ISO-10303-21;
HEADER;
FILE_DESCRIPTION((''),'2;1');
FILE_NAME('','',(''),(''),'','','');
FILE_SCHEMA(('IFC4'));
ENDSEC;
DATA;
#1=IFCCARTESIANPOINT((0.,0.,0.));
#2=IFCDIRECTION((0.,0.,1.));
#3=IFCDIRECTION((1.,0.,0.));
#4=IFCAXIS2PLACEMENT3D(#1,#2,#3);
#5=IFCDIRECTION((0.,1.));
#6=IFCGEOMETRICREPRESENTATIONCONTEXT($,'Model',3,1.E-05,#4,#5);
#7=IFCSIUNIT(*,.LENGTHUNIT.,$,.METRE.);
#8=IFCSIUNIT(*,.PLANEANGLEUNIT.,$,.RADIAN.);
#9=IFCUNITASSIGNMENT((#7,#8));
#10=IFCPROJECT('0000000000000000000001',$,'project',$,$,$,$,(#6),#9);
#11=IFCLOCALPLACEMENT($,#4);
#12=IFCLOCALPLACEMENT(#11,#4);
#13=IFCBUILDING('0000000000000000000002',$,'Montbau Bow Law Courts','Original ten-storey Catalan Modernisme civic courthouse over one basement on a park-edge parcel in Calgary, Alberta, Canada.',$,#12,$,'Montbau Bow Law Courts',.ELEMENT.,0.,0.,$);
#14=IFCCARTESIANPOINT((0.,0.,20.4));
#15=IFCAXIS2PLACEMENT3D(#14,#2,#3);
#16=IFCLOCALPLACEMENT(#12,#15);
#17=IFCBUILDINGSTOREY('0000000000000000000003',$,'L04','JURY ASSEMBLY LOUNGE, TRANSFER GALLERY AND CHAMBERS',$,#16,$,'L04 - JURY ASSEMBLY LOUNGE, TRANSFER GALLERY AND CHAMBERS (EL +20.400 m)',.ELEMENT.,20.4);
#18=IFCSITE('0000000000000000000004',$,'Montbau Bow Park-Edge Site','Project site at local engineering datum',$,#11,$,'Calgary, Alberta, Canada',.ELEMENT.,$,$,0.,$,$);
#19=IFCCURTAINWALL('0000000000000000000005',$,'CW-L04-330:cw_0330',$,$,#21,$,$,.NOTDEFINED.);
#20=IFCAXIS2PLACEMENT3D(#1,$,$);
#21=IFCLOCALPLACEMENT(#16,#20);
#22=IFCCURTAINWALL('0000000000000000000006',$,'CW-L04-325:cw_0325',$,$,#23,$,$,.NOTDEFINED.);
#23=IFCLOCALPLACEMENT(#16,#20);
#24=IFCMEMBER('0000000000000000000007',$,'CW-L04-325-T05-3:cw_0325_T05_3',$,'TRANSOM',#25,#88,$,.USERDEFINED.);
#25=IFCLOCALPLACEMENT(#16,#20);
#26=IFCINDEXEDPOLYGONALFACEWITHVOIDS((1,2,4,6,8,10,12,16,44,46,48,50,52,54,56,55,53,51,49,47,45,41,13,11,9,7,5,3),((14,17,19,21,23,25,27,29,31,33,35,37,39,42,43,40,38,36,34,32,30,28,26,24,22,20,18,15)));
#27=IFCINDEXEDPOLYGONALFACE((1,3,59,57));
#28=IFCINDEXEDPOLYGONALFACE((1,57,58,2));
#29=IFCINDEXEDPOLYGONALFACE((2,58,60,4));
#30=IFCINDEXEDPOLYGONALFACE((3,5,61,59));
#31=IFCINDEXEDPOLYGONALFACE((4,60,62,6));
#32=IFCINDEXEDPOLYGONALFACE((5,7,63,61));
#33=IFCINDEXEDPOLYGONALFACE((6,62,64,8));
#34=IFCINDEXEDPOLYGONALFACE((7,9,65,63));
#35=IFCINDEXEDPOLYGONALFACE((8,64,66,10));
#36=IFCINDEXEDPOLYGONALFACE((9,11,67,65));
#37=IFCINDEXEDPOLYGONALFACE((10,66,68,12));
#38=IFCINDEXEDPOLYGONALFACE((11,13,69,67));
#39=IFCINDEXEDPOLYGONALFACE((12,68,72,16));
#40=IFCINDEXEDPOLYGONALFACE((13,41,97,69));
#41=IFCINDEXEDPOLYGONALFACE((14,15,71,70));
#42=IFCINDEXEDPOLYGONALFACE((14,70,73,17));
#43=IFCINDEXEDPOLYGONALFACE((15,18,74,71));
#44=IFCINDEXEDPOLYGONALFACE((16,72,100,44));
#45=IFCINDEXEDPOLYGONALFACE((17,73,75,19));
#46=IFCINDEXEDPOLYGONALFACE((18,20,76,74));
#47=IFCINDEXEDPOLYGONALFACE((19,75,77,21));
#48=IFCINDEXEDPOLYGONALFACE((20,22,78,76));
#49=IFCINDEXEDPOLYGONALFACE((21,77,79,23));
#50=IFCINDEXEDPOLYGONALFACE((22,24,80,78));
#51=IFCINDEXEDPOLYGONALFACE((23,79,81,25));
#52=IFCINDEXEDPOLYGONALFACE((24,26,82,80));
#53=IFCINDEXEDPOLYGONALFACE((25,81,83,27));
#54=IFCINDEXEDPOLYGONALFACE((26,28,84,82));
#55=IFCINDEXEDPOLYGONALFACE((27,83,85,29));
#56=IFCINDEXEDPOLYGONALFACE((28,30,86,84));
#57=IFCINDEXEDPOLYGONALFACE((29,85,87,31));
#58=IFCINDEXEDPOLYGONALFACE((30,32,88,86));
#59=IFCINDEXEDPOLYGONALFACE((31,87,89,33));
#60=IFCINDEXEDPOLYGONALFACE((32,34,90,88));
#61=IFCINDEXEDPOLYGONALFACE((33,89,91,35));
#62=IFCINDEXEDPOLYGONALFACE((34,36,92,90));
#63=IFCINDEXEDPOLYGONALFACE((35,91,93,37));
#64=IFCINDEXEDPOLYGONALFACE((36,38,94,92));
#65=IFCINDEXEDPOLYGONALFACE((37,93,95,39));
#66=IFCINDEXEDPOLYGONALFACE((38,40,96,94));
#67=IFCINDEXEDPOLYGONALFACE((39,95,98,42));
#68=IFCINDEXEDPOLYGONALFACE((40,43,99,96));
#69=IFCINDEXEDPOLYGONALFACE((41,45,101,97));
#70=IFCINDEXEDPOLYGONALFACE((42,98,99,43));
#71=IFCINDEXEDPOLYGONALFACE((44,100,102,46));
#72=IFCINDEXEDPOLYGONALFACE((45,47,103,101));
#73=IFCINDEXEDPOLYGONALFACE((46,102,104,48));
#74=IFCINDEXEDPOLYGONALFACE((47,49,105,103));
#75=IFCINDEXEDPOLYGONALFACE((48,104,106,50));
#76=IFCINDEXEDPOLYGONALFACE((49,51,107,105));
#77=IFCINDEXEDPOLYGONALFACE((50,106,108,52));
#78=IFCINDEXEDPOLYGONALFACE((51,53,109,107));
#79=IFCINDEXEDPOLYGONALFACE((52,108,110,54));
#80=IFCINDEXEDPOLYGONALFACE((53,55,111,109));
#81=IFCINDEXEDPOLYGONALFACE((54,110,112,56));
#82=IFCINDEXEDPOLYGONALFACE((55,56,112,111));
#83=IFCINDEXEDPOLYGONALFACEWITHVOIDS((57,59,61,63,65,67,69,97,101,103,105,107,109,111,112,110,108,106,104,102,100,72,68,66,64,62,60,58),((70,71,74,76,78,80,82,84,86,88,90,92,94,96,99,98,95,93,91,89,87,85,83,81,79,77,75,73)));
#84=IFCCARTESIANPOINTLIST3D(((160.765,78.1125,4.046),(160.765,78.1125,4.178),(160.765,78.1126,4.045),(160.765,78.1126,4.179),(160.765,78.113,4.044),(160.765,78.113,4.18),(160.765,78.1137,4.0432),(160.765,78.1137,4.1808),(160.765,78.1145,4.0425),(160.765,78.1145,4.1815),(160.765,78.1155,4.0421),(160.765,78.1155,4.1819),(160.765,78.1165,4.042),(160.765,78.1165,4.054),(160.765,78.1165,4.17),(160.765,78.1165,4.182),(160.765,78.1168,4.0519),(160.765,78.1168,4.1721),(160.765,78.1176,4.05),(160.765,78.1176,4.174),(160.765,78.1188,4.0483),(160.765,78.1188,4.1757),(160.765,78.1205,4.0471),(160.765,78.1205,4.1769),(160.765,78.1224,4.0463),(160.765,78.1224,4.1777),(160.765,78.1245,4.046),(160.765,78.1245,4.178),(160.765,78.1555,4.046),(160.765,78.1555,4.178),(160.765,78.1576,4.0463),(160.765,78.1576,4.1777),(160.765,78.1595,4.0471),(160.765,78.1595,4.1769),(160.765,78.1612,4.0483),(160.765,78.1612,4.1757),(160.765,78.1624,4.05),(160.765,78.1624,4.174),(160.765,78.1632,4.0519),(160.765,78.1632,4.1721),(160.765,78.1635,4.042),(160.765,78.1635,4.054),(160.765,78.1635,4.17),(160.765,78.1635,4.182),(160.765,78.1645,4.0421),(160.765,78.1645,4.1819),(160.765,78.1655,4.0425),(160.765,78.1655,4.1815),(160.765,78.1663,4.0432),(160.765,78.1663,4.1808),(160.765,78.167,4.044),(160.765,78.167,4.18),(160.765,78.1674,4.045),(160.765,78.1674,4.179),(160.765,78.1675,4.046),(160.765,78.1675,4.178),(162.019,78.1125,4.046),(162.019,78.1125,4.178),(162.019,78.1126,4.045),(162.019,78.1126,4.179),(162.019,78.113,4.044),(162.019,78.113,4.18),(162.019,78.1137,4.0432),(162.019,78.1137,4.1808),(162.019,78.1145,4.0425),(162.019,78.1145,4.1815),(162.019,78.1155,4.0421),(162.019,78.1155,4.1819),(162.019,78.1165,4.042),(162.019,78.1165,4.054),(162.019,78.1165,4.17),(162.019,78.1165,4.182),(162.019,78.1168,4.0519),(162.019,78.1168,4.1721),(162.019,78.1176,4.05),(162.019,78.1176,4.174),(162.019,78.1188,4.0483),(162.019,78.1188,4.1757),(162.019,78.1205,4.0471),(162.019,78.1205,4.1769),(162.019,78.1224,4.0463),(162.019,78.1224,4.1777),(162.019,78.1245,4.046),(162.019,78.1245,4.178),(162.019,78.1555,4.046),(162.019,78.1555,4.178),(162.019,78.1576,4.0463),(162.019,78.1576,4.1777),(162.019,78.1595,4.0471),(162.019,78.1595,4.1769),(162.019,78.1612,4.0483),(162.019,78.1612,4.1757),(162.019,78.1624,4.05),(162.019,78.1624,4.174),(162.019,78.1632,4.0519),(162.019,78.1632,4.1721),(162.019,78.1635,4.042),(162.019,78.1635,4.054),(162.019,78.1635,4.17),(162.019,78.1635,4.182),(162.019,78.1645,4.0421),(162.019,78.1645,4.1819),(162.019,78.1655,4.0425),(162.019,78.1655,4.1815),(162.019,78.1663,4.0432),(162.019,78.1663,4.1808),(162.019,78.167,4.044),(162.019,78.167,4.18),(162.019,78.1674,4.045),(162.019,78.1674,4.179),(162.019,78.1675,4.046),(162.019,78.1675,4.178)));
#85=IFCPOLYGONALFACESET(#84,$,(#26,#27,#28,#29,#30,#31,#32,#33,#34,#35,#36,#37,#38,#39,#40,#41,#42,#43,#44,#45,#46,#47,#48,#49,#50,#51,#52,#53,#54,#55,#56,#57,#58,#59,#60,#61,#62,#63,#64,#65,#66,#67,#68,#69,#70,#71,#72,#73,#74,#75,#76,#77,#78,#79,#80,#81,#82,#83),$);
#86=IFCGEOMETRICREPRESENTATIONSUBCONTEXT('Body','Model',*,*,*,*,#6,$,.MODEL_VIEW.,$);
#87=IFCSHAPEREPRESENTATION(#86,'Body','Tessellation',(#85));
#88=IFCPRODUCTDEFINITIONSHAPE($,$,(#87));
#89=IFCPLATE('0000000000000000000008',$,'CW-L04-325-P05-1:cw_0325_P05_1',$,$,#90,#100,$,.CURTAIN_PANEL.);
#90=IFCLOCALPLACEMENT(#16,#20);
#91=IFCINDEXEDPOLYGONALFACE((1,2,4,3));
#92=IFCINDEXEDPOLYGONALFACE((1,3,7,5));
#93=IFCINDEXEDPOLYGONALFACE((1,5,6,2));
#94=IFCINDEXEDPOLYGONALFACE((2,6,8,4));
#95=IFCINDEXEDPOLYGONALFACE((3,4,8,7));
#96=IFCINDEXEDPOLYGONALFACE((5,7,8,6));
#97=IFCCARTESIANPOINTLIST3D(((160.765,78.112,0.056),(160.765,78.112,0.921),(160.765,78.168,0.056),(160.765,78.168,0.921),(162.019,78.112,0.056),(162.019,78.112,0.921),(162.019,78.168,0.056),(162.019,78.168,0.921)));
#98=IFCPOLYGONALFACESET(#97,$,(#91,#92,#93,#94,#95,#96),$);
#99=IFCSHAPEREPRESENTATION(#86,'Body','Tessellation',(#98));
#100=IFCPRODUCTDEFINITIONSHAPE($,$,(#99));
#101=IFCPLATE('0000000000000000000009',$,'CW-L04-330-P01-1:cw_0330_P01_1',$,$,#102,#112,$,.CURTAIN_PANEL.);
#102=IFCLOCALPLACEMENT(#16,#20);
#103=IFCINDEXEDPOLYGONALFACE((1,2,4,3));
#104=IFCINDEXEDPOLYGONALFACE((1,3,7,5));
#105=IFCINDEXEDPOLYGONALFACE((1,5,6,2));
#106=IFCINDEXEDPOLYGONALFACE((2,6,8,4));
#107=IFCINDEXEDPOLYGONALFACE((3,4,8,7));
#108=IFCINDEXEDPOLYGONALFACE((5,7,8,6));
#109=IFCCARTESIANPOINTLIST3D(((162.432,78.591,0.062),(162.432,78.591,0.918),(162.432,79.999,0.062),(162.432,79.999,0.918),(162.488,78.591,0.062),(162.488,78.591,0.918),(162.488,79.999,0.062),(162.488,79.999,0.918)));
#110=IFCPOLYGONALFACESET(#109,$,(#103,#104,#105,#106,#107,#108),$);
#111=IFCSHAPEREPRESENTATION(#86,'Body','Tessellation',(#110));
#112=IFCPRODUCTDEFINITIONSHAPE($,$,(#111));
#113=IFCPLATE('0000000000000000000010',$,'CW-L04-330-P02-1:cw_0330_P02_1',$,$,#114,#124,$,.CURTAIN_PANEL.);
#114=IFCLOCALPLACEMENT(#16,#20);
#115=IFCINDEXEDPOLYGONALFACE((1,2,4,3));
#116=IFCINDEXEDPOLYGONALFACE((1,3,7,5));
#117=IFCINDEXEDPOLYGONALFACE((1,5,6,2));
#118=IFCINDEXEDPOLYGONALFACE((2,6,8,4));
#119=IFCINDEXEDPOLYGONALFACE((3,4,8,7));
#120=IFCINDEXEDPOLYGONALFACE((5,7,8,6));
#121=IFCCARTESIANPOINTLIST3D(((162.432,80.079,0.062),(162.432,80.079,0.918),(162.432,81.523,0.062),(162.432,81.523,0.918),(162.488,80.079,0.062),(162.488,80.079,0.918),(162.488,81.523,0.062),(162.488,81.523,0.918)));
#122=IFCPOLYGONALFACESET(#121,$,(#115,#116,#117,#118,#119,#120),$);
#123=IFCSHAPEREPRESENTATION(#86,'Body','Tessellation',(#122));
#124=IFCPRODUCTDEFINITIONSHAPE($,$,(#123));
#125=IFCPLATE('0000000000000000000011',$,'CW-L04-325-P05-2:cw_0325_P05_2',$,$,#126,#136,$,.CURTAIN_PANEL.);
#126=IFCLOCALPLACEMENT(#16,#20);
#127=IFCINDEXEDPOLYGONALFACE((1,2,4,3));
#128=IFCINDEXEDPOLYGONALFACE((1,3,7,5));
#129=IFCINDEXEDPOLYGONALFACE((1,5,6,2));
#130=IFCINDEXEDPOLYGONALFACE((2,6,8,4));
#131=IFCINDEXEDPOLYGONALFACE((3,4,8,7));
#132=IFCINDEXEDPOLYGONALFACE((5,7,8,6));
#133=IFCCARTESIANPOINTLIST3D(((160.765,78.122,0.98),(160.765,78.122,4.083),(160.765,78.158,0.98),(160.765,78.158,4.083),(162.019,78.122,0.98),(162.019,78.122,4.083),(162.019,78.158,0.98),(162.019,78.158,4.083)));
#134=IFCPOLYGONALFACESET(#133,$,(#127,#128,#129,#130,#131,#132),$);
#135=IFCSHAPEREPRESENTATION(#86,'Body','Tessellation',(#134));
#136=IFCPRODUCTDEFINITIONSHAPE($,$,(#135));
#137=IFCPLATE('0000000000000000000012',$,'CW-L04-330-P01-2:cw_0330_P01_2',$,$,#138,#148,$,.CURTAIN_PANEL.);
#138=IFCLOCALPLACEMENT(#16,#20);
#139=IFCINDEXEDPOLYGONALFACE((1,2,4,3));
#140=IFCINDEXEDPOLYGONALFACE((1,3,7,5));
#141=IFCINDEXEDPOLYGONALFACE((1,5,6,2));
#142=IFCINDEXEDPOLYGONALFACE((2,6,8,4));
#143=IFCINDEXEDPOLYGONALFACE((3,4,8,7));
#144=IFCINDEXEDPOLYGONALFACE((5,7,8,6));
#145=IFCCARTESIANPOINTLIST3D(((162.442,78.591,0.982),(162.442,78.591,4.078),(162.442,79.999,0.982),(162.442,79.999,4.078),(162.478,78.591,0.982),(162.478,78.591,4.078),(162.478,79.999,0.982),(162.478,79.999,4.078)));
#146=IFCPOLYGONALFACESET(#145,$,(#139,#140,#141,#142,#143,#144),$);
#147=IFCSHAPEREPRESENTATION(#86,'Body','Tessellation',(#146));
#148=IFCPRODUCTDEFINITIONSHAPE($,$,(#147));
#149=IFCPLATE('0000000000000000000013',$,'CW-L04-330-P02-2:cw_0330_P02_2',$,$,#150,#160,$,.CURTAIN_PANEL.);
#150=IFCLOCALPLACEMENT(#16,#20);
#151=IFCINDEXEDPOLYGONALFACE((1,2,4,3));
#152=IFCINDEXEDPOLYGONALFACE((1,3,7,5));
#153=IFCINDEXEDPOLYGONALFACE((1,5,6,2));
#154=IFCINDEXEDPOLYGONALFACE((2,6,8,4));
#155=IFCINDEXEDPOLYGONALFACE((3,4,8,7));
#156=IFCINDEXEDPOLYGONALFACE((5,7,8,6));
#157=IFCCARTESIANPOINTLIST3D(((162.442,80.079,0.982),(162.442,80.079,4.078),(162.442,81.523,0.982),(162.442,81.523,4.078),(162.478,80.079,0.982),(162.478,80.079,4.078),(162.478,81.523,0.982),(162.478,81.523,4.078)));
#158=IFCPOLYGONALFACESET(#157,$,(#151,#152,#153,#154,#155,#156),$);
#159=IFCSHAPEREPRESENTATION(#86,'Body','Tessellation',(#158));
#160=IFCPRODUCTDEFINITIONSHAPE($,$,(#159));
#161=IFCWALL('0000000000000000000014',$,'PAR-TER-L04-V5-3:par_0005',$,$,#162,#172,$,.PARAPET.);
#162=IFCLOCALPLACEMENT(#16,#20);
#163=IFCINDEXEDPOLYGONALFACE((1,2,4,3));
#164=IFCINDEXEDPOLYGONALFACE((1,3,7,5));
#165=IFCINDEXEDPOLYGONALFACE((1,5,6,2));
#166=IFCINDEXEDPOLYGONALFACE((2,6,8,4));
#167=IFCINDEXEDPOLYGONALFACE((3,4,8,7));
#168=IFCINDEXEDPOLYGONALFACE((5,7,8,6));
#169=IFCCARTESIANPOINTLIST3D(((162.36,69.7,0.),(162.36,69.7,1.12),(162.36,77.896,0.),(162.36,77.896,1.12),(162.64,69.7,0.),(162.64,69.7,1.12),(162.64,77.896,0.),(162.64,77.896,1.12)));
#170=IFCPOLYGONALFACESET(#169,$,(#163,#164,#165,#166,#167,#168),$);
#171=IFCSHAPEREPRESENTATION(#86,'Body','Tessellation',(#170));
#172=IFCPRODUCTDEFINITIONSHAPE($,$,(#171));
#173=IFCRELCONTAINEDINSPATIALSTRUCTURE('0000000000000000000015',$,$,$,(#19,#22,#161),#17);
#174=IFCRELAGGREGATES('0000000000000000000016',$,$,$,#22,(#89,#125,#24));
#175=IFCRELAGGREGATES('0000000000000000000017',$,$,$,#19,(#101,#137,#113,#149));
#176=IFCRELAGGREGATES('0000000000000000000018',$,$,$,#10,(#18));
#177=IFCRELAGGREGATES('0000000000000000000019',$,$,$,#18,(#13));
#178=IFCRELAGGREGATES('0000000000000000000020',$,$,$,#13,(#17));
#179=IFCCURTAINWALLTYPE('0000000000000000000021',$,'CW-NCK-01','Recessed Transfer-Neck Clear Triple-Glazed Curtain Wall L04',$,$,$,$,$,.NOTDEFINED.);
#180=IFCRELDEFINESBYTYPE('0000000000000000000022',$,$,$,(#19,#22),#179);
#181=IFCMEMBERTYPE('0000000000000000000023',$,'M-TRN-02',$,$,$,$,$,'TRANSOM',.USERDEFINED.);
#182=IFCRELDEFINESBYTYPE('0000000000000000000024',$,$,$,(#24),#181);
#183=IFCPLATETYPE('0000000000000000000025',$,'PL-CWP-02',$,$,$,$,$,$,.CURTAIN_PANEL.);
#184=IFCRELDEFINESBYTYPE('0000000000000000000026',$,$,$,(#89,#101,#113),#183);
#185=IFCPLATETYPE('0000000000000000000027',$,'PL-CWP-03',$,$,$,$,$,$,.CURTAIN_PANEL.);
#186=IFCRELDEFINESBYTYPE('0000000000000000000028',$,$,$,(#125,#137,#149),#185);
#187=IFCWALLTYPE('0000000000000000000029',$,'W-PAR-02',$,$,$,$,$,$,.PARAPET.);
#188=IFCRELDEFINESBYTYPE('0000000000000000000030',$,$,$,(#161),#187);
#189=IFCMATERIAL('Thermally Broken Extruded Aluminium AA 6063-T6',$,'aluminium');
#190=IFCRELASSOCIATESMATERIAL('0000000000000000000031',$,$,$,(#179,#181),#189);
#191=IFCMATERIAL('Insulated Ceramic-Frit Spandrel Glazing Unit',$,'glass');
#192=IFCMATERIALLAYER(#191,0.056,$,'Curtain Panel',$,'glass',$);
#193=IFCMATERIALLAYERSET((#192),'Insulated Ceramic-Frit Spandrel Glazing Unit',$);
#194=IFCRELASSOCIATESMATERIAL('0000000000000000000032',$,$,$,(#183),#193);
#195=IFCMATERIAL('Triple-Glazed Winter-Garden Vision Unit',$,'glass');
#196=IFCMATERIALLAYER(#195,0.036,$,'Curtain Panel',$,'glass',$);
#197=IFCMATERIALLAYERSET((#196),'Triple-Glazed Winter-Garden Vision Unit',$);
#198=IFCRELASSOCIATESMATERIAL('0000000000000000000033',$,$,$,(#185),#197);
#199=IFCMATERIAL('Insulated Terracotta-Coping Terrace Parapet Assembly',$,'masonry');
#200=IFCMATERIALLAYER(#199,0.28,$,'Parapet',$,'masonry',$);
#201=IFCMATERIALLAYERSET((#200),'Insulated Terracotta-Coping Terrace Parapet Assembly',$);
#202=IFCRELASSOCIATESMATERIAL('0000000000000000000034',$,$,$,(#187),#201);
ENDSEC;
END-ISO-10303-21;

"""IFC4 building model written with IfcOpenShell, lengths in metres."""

from ifc_helpers import new_model, si_unit, direction, frame, frame_2d, origin_with_axes, origin_2d_with_axis, place, context, subcontext, project, spatial, rectangle, hollow_rectangle, extrude, material, layer, layer_set, material_profile, profile_set, type_object, element, aggregate, save


model = new_model("IFC4")

# Units and contexts
model_context = context("Model", 3, precision=1e-05, world=origin_with_axes(), true_north=direction((0.0, 1.0)))
body_context = subcontext(model_context, "Body", "Model", "MODEL_VIEW")
ifc_project = project(units=[si_unit("LENGTHUNIT", "METRE"), si_unit("PLANEANGLEUNIT", "RADIAN")], contexts=[model_context])

# Site, building, storey
site_placement = place(None, origin_with_axes())
site = spatial("IfcSite", under=ifc_project, at=site_placement, Name="Montbau Bow Park-Edge Site", Description="Project site at local engineering datum", LongName="Calgary, Alberta, Canada", CompositionType="ELEMENT", RefElevation=0.0)
building_placement = place(site_placement, origin_with_axes())
building = spatial("IfcBuilding", under=site, at=building_placement, Name="Montbau Bow Law Courts", Description="Original ten-storey Catalan Modernisme civic courthouse over one basement on a park-edge parcel in Calgary, Alberta, Canada.", LongName="Montbau Bow Law Courts", CompositionType="ELEMENT", ElevationOfRefHeight=0.0, ElevationOfTerrain=0.0)
storey_placement = place(building_placement, frame((0.0, 0.0, 20.4), z_axis=(0.0, 0.0, 1.0), x_axis=(1.0, 0.0, 0.0)))
storey = spatial("IfcBuildingStorey", under=building, at=storey_placement, Name="L04", Description="JURY ASSEMBLY LOUNGE, TRANSFER GALLERY AND CHAMBERS", LongName="L04 - JURY ASSEMBLY LOUNGE, TRANSFER GALLERY AND CHAMBERS (EL +20.400 m)", CompositionType="ELEMENT", Elevation=20.4)

# Curtain walls
ifc_material_1 = material(Name="Thermally Broken Extruded Aluminium AA 6063-T6", Category="aluminium")
curtain_wall_type = type_object("IfcCurtainWallType", Name="CW-NCK-01", Description="Recessed Transfer-Neck Clear Triple-Glazed Curtain Wall L04", PredefinedType="NOTDEFINED", material=ifc_material_1)
curtain_wall_1_placement = place(None, frame((162.46, 78.515, 20.4), z_axis=(0.0, 0.0, 1.0), x_axis=(1.0, 0.0, 0.0)))
curtain_wall_1 = element("IfcCurtainWall", 1, at=curtain_wall_1_placement, inside=storey, type_object=curtain_wall_type, Name="CW-L04-330:cw_0330", PredefinedType="NOTDEFINED")
curtain_wall_2_placement = place(None, frame((155.315, 78.14, 20.4), z_axis=(0.0, 0.0, 1.0), x_axis=(1.0, 0.0, 0.0)))
curtain_wall_2 = element("IfcCurtainWall", 2, at=curtain_wall_2_placement, inside=storey, type_object=curtain_wall_type, Name="CW-L04-325:cw_0325", PredefinedType="NOTDEFINED")

# Member
ifc_material_profile_1 = material_profile(ifc_material_1, hollow_rectangle(XDim=0.055, YDim=0.14, WallThickness=0.004, InnerFilletRadius=0.008, OuterFilletRadius=0.004, at=origin_2d_with_axis()), Name="CWT-140X55", Category="Main", Priority=0)
ifc_profile_set_1 = profile_set([ifc_material_profile_1], Name="Thermally Broken Extruded Aluminium AA 6063-T6")
member_type_1 = type_object("IfcMemberType", Name="M-TRN-02", ElementType="TRANSOM", PredefinedType="USERDEFINED", material=ifc_profile_set_1)
member_1_placement = place(None, frame((160.765, 78.14, 24.512), z_axis=(1.0, 0.0, 0.0), x_axis=(0.0, 1.0, 0.0)))
member_1 = element("IfcMember", 3, at=member_1_placement, type_object=member_type_1, Name="CW-L04-325-T05-3:cw_0325_T05_3", ObjectType="TRANSOM", PredefinedType="USERDEFINED", context=body_context, shape_type="SweptSolid", body=[
    extrude(hollow_rectangle(XDim=0.055, YDim=0.14, WallThickness=0.004, InnerFilletRadius=0.008, OuterFilletRadius=0.004, at=origin_2d_with_axis()), origin_with_axes(), (0.0, 0.0, 1.0), 1.254),
])

# Plates
ifc_material_2 = material(Name="Insulated Ceramic-Frit Spandrel Glazing Unit", Category="glass")
ifc_layer_1 = layer(ifc_material_2, 0.056, Name="Curtain Panel", Category="glass")
ifc_layer_set_1 = layer_set([ifc_layer_1], Name="Insulated Ceramic-Frit Spandrel Glazing Unit")
plate_type_1 = type_object("IfcPlateType", Name="PL-CWP-02", PredefinedType="CURTAIN_PANEL", material=ifc_layer_set_1)
plate_1_placement = place(None, frame((160.765, 78.14, 20.456), z_axis=(0.0, -1.0, 0.0), x_axis=(1.0, 0.0, 0.0)))
plate_1 = element("IfcPlate", 4, at=plate_1_placement, type_object=plate_type_1, Name="CW-L04-325-P05-1:cw_0325_P05_1", PredefinedType="CURTAIN_PANEL", context=body_context, shape_type="SweptSolid", body=[
    extrude(rectangle(XDim=1.254, YDim=0.865, at=frame_2d((0.627, 0.4325), x_axis=(1.0, 0.0))), frame((0.0, 0.0, -0.028), z_axis=(0.0, 0.0, 1.0), x_axis=(1.0, 0.0, 0.0)), (0.0, 0.0, 1.0), 0.056),
])
plate_2_placement = place(None, frame((162.46, 78.591, 20.462), z_axis=(1.0, 0.0, 0.0), x_axis=(0.0, 1.0, 0.0)))
plate_2 = element("IfcPlate", 5, at=plate_2_placement, type_object=plate_type_1, Name="CW-L04-330-P01-1:cw_0330_P01_1", PredefinedType="CURTAIN_PANEL", context=body_context, shape_type="SweptSolid", body=[
    extrude(rectangle(XDim=1.408, YDim=0.856, at=frame_2d((0.704, 0.428), x_axis=(1.0, 0.0))), frame((0.0, 0.0, -0.028), z_axis=(0.0, 0.0, 1.0), x_axis=(1.0, 0.0, 0.0)), (0.0, 0.0, 1.0), 0.056),
])
plate_3_placement = place(None, frame((162.46, 80.079, 20.462), z_axis=(1.0, 0.0, 0.0), x_axis=(0.0, 1.0, 0.0)))
plate_3 = element("IfcPlate", 6, at=plate_3_placement, type_object=plate_type_1, Name="CW-L04-330-P02-1:cw_0330_P02_1", PredefinedType="CURTAIN_PANEL", context=body_context, shape_type="SweptSolid", body=[
    extrude(rectangle(XDim=1.444, YDim=0.856, at=frame_2d((0.722, 0.428), x_axis=(1.0, 0.0))), frame((0.0, 0.0, -0.028), z_axis=(0.0, 0.0, 1.0), x_axis=(1.0, 0.0, 0.0)), (0.0, 0.0, 1.0), 0.056),
])
ifc_material_3 = material(Name="Triple-Glazed Winter-Garden Vision Unit", Category="glass")
ifc_layer_2 = layer(ifc_material_3, 0.036, Name="Curtain Panel", Category="glass")
ifc_layer_set_2 = layer_set([ifc_layer_2], Name="Triple-Glazed Winter-Garden Vision Unit")
plate_type_2 = type_object("IfcPlateType", Name="PL-CWP-03", PredefinedType="CURTAIN_PANEL", material=ifc_layer_set_2)
plate_4_placement = place(None, frame((160.765, 78.14, 21.38), z_axis=(0.0, -1.0, 0.0), x_axis=(1.0, 0.0, 0.0)))
plate_4 = element("IfcPlate", 7, at=plate_4_placement, type_object=plate_type_2, Name="CW-L04-325-P05-2:cw_0325_P05_2", PredefinedType="CURTAIN_PANEL", context=body_context, shape_type="SweptSolid", body=[
    extrude(rectangle(XDim=1.254, YDim=3.103, at=frame_2d((0.627, 1.5515), x_axis=(1.0, 0.0))), frame((0.0, 0.0, -0.018), z_axis=(0.0, 0.0, 1.0), x_axis=(1.0, 0.0, 0.0)), (0.0, 0.0, 1.0), 0.036),
])
aggregate(curtain_wall_2, [plate_1, plate_4, member_1])
plate_5_placement = place(None, frame((162.46, 78.591, 21.382), z_axis=(1.0, 0.0, 0.0), x_axis=(0.0, 1.0, 0.0)))
plate_5 = element("IfcPlate", 8, at=plate_5_placement, type_object=plate_type_2, Name="CW-L04-330-P01-2:cw_0330_P01_2", PredefinedType="CURTAIN_PANEL", context=body_context, shape_type="SweptSolid", body=[
    extrude(rectangle(XDim=1.408, YDim=3.096, at=frame_2d((0.704, 1.548), x_axis=(1.0, 0.0))), frame((0.0, 0.0, -0.018), z_axis=(0.0, 0.0, 1.0), x_axis=(1.0, 0.0, 0.0)), (0.0, 0.0, 1.0), 0.036),
])
plate_6_placement = place(None, frame((162.46, 80.079, 21.382), z_axis=(1.0, 0.0, 0.0), x_axis=(0.0, 1.0, 0.0)))
plate_6 = element("IfcPlate", 9, at=plate_6_placement, type_object=plate_type_2, Name="CW-L04-330-P02-2:cw_0330_P02_2", PredefinedType="CURTAIN_PANEL", context=body_context, shape_type="SweptSolid", body=[
    extrude(rectangle(XDim=1.444, YDim=3.096, at=frame_2d((0.722, 1.548), x_axis=(1.0, 0.0))), frame((0.0, 0.0, -0.018), z_axis=(0.0, 0.0, 1.0), x_axis=(1.0, 0.0, 0.0)), (0.0, 0.0, 1.0), 0.036),
])
aggregate(curtain_wall_1, [plate_2, plate_5, plate_3, plate_6])

# Wall
ifc_material_4 = material(Name="Insulated Terracotta-Coping Terrace Parapet Assembly", Category="masonry")
ifc_layer_3 = layer(ifc_material_4, 0.28, Name="Parapet", Category="masonry")
ifc_layer_set_3 = layer_set([ifc_layer_3], Name="Insulated Terracotta-Coping Terrace Parapet Assembly")
wall_type = type_object("IfcWallType", Name="W-PAR-02", PredefinedType="PARAPET", material=ifc_layer_set_3)
wall_placement = place(None, frame((162.5, 77.896, 20.4), z_axis=(0.0, 0.0, 1.0), x_axis=(0.0, -1.0, 0.0)))
element("IfcWall", 10, at=wall_placement, inside=storey, type_object=wall_type, Name="PAR-TER-L04-V5-3:par_0005", PredefinedType="PARAPET", context=body_context, shape_type="SweptSolid", body=[
    extrude(rectangle(XDim=8.196, YDim=0.28, at=frame_2d((4.098, 0.0), x_axis=(1.0, 0.0))), origin_with_axes(), (0.0, 0.0, 1.0), 1.12),
])

save(model, "model.ifc")
